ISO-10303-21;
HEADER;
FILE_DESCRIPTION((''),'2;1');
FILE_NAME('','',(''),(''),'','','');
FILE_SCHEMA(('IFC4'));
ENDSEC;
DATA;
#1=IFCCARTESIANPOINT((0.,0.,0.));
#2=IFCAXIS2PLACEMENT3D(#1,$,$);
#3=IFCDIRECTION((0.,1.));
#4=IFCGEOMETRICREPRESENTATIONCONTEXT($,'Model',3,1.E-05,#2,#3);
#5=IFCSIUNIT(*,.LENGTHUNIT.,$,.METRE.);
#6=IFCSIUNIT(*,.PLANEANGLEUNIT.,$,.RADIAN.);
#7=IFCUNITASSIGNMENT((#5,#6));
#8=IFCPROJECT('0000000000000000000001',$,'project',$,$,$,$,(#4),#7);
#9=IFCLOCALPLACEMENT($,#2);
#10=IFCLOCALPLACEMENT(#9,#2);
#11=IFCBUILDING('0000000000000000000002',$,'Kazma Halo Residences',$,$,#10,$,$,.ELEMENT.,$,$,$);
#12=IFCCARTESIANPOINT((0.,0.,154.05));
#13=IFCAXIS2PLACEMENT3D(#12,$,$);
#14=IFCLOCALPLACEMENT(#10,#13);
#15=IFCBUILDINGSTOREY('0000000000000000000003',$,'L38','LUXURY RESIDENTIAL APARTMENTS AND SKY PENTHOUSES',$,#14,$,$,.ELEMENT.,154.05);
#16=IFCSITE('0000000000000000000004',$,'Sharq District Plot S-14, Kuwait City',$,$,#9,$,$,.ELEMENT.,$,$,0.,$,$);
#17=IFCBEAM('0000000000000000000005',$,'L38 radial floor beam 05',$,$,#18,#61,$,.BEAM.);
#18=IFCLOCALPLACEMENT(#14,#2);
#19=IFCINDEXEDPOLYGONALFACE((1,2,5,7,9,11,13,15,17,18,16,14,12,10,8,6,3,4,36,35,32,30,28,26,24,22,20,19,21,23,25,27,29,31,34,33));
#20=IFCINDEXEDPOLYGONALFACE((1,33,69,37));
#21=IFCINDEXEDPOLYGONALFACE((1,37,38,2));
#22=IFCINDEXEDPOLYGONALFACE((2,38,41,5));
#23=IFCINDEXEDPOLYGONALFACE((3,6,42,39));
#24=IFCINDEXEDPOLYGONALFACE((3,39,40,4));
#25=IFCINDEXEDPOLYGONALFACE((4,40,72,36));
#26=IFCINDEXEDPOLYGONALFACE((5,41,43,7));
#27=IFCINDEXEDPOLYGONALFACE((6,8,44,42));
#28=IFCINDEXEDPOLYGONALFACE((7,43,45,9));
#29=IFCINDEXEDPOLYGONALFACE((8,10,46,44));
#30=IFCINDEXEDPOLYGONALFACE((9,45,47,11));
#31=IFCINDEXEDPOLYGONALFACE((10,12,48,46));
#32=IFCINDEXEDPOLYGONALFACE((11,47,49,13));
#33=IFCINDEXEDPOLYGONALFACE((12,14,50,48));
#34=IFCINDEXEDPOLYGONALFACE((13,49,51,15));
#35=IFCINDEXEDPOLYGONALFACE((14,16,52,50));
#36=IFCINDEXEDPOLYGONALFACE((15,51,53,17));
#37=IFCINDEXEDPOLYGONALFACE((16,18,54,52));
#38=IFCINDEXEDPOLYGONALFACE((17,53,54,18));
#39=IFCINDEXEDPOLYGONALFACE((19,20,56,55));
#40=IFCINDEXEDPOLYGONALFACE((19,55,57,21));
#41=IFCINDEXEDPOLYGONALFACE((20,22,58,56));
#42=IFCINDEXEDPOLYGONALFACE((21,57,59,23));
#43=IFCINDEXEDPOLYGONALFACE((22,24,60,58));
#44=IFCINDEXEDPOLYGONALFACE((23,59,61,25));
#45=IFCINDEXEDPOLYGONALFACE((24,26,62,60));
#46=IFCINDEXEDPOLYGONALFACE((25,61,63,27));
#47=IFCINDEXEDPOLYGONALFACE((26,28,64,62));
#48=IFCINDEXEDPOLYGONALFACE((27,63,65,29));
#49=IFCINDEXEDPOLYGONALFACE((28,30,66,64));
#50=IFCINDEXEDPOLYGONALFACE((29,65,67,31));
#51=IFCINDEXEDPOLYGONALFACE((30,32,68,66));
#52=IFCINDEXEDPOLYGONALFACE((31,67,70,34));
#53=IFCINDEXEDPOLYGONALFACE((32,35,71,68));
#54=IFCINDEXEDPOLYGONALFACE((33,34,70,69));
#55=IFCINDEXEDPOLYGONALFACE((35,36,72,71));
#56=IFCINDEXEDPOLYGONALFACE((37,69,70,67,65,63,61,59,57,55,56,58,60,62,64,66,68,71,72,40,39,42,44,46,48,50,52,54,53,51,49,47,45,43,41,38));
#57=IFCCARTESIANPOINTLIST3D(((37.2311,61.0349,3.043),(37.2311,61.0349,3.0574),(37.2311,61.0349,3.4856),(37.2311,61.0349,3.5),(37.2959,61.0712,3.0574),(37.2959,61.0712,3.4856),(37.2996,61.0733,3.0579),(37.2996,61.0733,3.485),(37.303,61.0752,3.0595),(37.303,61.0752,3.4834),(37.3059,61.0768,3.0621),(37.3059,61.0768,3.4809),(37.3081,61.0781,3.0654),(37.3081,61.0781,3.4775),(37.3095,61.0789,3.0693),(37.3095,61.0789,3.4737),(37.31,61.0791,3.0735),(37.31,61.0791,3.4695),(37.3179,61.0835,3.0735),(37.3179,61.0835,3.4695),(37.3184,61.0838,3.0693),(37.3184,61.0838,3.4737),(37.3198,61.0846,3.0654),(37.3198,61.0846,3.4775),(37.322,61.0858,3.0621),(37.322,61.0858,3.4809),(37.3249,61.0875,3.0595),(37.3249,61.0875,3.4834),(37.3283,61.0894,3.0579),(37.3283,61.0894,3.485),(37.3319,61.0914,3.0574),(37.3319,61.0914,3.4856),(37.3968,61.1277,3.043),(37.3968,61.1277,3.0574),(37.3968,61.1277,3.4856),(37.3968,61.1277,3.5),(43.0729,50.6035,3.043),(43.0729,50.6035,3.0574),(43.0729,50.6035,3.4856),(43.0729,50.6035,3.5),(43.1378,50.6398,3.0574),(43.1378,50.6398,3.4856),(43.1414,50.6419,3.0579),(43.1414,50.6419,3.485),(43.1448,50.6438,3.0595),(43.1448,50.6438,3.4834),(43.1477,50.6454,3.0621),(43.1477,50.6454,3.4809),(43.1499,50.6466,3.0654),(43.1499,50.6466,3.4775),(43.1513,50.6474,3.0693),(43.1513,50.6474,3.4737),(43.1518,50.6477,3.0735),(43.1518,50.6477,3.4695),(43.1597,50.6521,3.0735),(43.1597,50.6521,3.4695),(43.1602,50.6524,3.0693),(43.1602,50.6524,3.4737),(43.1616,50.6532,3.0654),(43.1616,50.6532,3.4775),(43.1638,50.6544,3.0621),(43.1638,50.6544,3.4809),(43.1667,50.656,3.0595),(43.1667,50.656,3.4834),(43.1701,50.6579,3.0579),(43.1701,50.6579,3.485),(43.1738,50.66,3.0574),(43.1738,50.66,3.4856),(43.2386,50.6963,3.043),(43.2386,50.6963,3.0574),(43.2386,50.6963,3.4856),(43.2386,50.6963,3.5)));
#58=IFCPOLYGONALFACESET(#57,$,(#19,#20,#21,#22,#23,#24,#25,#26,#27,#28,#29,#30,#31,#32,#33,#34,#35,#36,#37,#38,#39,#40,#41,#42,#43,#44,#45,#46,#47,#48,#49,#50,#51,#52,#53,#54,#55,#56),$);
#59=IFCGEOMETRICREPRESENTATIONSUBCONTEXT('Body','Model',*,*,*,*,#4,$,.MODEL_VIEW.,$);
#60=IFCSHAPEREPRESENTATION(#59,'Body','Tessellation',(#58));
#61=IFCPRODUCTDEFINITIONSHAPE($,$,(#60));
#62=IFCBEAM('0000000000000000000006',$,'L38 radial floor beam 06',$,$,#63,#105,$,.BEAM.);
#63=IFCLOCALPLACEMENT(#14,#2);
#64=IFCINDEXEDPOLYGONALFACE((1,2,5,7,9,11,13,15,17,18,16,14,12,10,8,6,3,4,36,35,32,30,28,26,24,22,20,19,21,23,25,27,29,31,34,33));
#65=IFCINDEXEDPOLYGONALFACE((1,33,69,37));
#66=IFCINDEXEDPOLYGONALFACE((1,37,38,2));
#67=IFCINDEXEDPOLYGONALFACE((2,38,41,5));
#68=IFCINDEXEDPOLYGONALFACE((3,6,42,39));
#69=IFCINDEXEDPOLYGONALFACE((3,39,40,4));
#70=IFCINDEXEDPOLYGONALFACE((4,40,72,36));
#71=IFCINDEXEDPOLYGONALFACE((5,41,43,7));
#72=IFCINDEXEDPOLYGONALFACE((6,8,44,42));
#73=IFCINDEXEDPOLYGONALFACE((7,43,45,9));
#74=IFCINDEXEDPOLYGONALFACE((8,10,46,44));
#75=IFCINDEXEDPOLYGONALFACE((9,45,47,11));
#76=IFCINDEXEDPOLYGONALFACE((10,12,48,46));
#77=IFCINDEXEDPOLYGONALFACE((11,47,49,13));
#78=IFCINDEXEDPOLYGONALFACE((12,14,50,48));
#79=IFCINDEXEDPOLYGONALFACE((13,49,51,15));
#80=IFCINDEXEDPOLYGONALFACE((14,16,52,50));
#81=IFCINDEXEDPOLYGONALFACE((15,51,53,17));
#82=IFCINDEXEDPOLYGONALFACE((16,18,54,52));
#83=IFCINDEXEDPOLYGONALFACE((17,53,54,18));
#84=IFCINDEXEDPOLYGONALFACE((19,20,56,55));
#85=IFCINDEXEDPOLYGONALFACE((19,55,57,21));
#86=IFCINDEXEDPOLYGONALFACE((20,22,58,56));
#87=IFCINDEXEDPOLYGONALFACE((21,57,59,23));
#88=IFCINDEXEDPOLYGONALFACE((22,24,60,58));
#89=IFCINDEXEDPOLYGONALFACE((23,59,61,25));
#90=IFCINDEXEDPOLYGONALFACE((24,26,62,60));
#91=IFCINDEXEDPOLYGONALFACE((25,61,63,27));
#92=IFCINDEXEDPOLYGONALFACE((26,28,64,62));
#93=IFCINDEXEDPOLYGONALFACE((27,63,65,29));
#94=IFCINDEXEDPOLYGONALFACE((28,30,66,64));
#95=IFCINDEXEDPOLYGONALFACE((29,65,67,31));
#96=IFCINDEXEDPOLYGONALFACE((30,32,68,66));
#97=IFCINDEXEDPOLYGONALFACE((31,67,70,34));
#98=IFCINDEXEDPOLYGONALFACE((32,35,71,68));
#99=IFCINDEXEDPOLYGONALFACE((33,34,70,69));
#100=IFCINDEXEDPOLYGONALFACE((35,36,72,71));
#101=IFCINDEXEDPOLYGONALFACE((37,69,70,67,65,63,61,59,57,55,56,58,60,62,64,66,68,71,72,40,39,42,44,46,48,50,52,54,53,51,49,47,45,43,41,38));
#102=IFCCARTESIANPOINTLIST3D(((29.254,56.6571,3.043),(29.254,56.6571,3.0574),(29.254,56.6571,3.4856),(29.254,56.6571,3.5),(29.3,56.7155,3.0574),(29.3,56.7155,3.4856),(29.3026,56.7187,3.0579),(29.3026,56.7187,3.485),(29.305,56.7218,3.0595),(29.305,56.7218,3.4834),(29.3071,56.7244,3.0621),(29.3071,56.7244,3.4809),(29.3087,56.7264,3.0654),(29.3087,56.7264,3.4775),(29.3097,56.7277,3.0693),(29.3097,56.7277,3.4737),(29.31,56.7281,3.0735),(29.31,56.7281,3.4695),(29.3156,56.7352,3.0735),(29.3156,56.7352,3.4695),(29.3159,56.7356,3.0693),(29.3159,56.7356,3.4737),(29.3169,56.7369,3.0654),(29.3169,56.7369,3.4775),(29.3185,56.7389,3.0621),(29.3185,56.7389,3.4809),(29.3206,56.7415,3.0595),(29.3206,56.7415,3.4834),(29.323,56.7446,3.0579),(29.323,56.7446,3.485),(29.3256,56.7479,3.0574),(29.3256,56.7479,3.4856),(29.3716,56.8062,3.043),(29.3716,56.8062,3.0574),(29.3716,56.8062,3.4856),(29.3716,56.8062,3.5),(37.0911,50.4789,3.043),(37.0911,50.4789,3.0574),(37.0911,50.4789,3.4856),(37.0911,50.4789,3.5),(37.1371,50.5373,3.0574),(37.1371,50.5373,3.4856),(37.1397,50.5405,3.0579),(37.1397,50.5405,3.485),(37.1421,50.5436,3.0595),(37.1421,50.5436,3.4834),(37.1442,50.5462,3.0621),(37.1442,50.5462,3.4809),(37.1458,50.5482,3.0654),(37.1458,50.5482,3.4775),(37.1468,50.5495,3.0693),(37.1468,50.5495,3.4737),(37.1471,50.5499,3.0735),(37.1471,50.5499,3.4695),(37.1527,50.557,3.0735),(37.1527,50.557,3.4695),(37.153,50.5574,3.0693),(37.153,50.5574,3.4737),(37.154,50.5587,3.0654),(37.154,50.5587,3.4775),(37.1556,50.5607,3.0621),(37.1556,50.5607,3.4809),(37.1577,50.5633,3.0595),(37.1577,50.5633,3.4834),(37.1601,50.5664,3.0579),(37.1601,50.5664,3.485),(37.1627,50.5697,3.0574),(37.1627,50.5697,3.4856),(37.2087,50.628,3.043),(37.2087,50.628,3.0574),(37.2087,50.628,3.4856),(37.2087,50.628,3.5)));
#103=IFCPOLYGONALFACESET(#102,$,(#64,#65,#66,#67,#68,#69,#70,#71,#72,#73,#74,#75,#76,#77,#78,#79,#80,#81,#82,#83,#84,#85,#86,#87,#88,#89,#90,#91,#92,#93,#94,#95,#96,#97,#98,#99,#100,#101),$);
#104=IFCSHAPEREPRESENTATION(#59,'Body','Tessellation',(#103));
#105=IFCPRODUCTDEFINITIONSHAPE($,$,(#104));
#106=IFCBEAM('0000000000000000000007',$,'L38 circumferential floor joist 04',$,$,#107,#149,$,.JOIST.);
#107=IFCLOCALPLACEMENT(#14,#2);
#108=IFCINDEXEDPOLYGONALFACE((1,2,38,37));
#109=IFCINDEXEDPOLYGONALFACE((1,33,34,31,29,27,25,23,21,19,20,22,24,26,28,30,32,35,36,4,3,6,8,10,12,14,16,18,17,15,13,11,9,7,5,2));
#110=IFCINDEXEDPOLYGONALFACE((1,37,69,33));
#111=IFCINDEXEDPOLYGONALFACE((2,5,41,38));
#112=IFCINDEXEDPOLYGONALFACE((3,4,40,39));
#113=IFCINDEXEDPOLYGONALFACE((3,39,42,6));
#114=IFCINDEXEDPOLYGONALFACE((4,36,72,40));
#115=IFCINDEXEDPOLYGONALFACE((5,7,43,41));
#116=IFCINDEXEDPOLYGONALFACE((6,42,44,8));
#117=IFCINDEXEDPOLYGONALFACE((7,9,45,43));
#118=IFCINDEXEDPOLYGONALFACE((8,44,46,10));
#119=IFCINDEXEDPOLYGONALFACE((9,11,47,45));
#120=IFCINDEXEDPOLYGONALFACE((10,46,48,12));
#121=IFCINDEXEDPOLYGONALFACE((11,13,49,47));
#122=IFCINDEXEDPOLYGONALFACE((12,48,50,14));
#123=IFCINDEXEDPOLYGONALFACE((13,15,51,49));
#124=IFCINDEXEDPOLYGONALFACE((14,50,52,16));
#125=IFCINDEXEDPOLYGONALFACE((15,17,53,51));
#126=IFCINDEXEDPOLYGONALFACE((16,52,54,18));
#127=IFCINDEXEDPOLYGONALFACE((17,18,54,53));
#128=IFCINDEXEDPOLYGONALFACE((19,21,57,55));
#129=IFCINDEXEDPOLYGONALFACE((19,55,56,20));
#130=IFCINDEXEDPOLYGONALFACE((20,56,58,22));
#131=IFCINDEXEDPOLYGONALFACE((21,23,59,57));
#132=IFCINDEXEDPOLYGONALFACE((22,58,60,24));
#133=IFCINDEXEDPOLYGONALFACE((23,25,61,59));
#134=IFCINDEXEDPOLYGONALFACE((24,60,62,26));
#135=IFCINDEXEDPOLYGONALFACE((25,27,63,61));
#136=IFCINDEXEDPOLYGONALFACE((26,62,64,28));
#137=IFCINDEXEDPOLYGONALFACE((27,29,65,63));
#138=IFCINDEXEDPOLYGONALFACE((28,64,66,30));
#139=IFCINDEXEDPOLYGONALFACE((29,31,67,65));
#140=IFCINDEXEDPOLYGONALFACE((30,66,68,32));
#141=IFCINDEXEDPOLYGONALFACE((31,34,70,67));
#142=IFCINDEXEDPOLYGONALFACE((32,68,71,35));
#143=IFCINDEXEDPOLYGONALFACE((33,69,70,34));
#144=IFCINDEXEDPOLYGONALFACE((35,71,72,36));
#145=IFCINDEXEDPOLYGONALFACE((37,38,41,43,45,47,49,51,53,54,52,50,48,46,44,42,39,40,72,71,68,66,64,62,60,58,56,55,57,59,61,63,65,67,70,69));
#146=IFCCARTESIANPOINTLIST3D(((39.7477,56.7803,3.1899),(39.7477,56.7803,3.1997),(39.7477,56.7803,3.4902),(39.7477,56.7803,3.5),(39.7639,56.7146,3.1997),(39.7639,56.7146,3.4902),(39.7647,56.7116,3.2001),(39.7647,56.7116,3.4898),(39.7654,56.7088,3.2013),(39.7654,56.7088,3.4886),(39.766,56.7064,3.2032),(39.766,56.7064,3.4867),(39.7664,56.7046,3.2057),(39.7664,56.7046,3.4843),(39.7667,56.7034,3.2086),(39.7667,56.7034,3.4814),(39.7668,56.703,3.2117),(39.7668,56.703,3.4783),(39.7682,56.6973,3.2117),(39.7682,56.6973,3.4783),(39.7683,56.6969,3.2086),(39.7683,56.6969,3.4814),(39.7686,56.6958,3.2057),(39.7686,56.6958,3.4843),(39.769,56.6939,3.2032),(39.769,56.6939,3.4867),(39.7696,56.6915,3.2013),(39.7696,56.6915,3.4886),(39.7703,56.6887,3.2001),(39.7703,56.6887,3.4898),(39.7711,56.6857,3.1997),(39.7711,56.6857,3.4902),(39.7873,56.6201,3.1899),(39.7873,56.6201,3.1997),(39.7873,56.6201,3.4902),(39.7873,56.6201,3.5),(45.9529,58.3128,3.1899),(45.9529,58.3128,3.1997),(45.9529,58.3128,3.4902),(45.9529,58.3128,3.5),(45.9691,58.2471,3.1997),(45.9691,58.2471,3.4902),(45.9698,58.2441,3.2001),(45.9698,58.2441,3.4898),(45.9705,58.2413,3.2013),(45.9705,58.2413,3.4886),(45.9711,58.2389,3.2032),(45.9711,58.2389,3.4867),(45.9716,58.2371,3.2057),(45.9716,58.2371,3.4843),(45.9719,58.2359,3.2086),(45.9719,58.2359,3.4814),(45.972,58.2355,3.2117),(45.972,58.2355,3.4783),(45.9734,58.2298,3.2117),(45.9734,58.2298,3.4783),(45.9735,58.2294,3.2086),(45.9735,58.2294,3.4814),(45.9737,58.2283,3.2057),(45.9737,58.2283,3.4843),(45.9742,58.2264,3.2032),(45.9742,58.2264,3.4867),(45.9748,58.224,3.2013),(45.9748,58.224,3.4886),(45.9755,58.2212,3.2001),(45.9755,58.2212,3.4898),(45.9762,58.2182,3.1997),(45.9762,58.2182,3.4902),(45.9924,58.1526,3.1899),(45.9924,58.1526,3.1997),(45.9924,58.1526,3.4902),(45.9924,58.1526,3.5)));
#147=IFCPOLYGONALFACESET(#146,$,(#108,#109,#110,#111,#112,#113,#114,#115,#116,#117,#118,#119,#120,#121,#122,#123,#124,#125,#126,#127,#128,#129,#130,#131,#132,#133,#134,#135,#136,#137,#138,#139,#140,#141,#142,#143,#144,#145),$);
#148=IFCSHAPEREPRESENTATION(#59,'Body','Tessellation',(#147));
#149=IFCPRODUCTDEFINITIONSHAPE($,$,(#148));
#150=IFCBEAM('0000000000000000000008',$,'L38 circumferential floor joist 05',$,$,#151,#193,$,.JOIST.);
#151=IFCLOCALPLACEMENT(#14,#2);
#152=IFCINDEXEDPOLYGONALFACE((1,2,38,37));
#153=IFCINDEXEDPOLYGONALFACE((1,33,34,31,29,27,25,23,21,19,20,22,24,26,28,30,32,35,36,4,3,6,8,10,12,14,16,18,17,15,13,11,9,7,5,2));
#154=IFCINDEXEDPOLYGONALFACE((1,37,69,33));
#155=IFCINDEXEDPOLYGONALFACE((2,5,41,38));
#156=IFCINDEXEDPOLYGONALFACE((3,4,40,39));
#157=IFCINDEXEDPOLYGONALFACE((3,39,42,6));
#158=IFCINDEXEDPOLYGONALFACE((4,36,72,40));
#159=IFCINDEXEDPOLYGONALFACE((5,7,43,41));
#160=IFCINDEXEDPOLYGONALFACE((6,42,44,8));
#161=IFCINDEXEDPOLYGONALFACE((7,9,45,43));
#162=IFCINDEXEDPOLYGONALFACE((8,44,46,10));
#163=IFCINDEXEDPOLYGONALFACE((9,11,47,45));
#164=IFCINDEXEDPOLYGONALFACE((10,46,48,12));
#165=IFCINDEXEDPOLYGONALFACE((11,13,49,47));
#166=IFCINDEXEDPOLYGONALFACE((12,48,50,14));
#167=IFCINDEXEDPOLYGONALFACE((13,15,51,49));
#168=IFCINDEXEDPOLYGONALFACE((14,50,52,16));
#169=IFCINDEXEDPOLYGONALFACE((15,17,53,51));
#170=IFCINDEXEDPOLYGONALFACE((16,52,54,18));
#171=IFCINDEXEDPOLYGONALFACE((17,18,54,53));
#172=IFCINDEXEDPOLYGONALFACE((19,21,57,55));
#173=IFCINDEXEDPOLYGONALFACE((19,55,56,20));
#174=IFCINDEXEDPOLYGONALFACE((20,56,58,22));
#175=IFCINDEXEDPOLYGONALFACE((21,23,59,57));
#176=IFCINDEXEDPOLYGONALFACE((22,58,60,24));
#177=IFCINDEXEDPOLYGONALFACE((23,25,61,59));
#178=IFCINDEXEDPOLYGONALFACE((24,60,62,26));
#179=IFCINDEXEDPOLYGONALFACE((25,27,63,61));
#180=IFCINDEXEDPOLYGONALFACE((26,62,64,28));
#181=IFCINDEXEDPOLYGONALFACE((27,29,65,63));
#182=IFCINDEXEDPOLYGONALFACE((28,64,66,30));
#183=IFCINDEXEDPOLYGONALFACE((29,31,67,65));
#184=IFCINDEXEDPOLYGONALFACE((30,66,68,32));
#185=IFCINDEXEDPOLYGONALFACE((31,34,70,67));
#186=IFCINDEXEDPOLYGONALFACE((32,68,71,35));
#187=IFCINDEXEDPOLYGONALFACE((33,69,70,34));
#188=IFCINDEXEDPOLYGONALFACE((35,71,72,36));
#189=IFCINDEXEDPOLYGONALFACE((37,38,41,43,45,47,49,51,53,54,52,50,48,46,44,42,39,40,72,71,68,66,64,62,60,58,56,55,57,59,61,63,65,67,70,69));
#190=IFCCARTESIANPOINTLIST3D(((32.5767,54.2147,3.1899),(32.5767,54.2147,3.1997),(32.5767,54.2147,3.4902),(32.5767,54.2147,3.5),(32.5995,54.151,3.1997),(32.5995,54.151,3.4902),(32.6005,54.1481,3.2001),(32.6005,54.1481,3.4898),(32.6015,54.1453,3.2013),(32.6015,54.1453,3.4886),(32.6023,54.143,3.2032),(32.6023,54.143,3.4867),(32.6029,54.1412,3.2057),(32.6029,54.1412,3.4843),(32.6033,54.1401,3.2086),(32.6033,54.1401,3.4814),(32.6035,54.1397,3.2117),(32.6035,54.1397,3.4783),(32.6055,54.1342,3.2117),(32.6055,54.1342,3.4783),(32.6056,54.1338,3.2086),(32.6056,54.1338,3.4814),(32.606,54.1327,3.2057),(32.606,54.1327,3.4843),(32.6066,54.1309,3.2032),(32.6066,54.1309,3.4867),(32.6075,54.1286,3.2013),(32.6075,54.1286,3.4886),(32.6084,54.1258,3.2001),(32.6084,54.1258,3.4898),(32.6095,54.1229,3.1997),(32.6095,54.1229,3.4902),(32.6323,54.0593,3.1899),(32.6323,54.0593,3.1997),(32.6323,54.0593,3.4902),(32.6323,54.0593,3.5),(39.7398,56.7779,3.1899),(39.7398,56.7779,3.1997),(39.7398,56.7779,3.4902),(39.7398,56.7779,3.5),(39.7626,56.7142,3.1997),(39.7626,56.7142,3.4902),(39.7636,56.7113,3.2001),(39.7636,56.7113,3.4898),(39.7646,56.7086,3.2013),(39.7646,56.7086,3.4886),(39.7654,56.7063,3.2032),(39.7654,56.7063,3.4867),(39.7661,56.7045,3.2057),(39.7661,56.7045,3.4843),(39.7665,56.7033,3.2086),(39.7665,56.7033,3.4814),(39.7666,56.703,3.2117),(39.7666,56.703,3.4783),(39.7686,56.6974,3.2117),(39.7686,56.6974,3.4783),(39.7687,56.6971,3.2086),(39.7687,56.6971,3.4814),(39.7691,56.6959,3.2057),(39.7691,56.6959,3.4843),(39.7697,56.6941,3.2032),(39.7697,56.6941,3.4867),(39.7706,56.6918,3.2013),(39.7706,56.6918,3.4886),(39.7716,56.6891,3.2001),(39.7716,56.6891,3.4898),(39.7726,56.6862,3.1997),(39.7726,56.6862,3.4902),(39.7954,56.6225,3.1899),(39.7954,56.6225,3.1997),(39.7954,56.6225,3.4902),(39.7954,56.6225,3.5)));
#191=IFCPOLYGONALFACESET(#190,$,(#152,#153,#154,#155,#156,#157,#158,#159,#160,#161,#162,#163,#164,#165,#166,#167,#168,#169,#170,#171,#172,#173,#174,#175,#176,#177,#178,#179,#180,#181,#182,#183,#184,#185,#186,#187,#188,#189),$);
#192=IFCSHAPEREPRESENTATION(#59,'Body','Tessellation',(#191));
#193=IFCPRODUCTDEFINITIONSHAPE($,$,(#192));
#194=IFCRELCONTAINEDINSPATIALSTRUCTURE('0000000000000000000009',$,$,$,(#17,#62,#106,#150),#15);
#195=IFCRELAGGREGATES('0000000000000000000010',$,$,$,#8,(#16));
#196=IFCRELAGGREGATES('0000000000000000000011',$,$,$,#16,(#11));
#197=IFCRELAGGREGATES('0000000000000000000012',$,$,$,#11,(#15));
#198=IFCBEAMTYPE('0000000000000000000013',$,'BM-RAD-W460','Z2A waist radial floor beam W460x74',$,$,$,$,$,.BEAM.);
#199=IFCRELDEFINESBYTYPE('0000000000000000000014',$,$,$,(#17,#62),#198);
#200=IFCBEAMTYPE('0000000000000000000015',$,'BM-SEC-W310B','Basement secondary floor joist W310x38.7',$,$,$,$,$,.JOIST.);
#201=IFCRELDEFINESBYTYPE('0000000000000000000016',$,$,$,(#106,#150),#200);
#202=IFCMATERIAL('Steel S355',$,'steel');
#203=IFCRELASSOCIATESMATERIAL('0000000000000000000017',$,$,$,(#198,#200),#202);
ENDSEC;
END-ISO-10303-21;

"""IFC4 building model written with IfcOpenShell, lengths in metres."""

from ifc_helpers import new_model, si_unit, direction, frame, origin, origin_2d, place, context, subcontext, project, spatial, i_section, extrude, material, material_profile, profile_set, type_object, element, save


model = new_model("IFC4")

# Units and contexts
model_context = context("Model", 3, precision=1e-05, world=origin(), true_north=direction((0.0, 1.0)))
body_context = subcontext(model_context, "Body", "Model", "MODEL_VIEW")
ifc_project = project(units=[si_unit("LENGTHUNIT", "METRE"), si_unit("PLANEANGLEUNIT", "RADIAN")], contexts=[model_context])

# Site, building, storey
site_placement = place(None, origin())
site = spatial("IfcSite", under=ifc_project, at=site_placement, Name="Sharq District Plot S-14, Kuwait City", CompositionType="ELEMENT", RefElevation=0.0)
building_placement = place(site_placement, origin())
building = spatial("IfcBuilding", under=site, at=building_placement, Name="Kazma Halo Residences", CompositionType="ELEMENT")
storey_placement = place(building_placement, frame((0.0, 0.0, 154.05)))
storey = spatial("IfcBuildingStorey", under=building, at=storey_placement, Name="L38", Description="LUXURY RESIDENTIAL APARTMENTS AND SKY PENTHOUSES", CompositionType="ELEMENT", Elevation=154.05)

# Beams
ifc_material_1 = material(Name="Steel S355", Category="steel")
ifc_material_profile_1 = material_profile(ifc_material_1, i_section(OverallWidth=0.1899, OverallDepth=0.457, WebThickness=0.009, FlangeThickness=0.0144, FilletRadius=0.0161, at=origin_2d()), Name="W460x74")
ifc_profile_set_1 = profile_set([ifc_material_profile_1], Name="Steel S355")
beam_type_1 = type_object("IfcBeamType", Name="BM-RAD-W460", Description="Z2A waist radial floor beam W460x74", PredefinedType="BEAM", material=ifc_profile_set_1)
beam_1_placement = place(storey_placement, frame((43.1558, 50.6499, 3.2715), z_axis=(-0.488617, 0.872498, 0.0), x_axis=(-0.872498, -0.488617, 0.0)))
element("IfcBeam", 1, at=beam_1_placement, inside=storey, type_object=beam_type_1, Name="L38 radial floor beam 05", PredefinedType="BEAM", context=body_context, shape_type="SweptSolid", body=[
    extrude(i_section(OverallWidth=0.1899, OverallDepth=0.457, WebThickness=0.009, FlangeThickness=0.0144, FilletRadius=0.0161, at=origin_2d()), origin(), (0.0, 0.0, 1.0), 11.9558),
])
beam_2_placement = place(storey_placement, frame((37.1499, 50.5535, 3.2715), z_axis=(-0.785322, 0.619088, 0.0), x_axis=(-0.619088, -0.785322, 0.0)))
element("IfcBeam", 2, at=beam_2_placement, inside=storey, type_object=beam_type_1, Name="L38 radial floor beam 06", PredefinedType="BEAM", context=body_context, shape_type="SweptSolid", body=[
    extrude(i_section(OverallWidth=0.1899, OverallDepth=0.457, WebThickness=0.009, FlangeThickness=0.0144, FilletRadius=0.0161, at=origin_2d()), origin(), (0.0, 0.0, 1.0), 9.9795),
])
ifc_material_profile_2 = material_profile(ifc_material_1, i_section(OverallWidth=0.165, OverallDepth=0.3101, WebThickness=0.0059, FlangeThickness=0.0098, FilletRadius=0.012, at=origin_2d()), Name="W310x38.7")
ifc_profile_set_2 = profile_set([ifc_material_profile_2], Name="Steel S355")
beam_type_2 = type_object("IfcBeamType", Name="BM-SEC-W310B", Description="Basement secondary floor joist W310x38.7", PredefinedType="JOIST", material=ifc_profile_set_2)
beam_3_placement = place(storey_placement, frame((45.9727, 58.2327, 3.345), z_axis=(-0.970831, -0.239766, 0.0), x_axis=(0.239766, -0.970831, 0.0)))
element("IfcBeam", 3, at=beam_3_placement, inside=storey, type_object=beam_type_2, Name="L38 circumferential floor joist 04", PredefinedType="JOIST", context=body_context, shape_type="SweptSolid", body=[
    extrude(i_section(OverallWidth=0.165, OverallDepth=0.3101, WebThickness=0.0059, FlangeThickness=0.0098, FilletRadius=0.012, at=origin_2d()), origin(), (0.0, 0.0, 1.0), 6.3916),
])
beam_4_placement = place(storey_placement, frame((39.7676, 56.7002, 3.345), z_axis=(-0.941534, -0.336918, 0.0), x_axis=(0.336918, -0.941534, 0.0)))
element("IfcBeam", 4, at=beam_4_placement, inside=storey, type_object=beam_type_2, Name="L38 circumferential floor joist 05", PredefinedType="JOIST", context=body_context, shape_type="SweptSolid", body=[
    extrude(i_section(OverallWidth=0.165, OverallDepth=0.3101, WebThickness=0.0059, FlangeThickness=0.0098, FilletRadius=0.012, at=origin_2d()), origin(), (0.0, 0.0, 1.0), 7.6079),
])

save(model, "model.ifc")
